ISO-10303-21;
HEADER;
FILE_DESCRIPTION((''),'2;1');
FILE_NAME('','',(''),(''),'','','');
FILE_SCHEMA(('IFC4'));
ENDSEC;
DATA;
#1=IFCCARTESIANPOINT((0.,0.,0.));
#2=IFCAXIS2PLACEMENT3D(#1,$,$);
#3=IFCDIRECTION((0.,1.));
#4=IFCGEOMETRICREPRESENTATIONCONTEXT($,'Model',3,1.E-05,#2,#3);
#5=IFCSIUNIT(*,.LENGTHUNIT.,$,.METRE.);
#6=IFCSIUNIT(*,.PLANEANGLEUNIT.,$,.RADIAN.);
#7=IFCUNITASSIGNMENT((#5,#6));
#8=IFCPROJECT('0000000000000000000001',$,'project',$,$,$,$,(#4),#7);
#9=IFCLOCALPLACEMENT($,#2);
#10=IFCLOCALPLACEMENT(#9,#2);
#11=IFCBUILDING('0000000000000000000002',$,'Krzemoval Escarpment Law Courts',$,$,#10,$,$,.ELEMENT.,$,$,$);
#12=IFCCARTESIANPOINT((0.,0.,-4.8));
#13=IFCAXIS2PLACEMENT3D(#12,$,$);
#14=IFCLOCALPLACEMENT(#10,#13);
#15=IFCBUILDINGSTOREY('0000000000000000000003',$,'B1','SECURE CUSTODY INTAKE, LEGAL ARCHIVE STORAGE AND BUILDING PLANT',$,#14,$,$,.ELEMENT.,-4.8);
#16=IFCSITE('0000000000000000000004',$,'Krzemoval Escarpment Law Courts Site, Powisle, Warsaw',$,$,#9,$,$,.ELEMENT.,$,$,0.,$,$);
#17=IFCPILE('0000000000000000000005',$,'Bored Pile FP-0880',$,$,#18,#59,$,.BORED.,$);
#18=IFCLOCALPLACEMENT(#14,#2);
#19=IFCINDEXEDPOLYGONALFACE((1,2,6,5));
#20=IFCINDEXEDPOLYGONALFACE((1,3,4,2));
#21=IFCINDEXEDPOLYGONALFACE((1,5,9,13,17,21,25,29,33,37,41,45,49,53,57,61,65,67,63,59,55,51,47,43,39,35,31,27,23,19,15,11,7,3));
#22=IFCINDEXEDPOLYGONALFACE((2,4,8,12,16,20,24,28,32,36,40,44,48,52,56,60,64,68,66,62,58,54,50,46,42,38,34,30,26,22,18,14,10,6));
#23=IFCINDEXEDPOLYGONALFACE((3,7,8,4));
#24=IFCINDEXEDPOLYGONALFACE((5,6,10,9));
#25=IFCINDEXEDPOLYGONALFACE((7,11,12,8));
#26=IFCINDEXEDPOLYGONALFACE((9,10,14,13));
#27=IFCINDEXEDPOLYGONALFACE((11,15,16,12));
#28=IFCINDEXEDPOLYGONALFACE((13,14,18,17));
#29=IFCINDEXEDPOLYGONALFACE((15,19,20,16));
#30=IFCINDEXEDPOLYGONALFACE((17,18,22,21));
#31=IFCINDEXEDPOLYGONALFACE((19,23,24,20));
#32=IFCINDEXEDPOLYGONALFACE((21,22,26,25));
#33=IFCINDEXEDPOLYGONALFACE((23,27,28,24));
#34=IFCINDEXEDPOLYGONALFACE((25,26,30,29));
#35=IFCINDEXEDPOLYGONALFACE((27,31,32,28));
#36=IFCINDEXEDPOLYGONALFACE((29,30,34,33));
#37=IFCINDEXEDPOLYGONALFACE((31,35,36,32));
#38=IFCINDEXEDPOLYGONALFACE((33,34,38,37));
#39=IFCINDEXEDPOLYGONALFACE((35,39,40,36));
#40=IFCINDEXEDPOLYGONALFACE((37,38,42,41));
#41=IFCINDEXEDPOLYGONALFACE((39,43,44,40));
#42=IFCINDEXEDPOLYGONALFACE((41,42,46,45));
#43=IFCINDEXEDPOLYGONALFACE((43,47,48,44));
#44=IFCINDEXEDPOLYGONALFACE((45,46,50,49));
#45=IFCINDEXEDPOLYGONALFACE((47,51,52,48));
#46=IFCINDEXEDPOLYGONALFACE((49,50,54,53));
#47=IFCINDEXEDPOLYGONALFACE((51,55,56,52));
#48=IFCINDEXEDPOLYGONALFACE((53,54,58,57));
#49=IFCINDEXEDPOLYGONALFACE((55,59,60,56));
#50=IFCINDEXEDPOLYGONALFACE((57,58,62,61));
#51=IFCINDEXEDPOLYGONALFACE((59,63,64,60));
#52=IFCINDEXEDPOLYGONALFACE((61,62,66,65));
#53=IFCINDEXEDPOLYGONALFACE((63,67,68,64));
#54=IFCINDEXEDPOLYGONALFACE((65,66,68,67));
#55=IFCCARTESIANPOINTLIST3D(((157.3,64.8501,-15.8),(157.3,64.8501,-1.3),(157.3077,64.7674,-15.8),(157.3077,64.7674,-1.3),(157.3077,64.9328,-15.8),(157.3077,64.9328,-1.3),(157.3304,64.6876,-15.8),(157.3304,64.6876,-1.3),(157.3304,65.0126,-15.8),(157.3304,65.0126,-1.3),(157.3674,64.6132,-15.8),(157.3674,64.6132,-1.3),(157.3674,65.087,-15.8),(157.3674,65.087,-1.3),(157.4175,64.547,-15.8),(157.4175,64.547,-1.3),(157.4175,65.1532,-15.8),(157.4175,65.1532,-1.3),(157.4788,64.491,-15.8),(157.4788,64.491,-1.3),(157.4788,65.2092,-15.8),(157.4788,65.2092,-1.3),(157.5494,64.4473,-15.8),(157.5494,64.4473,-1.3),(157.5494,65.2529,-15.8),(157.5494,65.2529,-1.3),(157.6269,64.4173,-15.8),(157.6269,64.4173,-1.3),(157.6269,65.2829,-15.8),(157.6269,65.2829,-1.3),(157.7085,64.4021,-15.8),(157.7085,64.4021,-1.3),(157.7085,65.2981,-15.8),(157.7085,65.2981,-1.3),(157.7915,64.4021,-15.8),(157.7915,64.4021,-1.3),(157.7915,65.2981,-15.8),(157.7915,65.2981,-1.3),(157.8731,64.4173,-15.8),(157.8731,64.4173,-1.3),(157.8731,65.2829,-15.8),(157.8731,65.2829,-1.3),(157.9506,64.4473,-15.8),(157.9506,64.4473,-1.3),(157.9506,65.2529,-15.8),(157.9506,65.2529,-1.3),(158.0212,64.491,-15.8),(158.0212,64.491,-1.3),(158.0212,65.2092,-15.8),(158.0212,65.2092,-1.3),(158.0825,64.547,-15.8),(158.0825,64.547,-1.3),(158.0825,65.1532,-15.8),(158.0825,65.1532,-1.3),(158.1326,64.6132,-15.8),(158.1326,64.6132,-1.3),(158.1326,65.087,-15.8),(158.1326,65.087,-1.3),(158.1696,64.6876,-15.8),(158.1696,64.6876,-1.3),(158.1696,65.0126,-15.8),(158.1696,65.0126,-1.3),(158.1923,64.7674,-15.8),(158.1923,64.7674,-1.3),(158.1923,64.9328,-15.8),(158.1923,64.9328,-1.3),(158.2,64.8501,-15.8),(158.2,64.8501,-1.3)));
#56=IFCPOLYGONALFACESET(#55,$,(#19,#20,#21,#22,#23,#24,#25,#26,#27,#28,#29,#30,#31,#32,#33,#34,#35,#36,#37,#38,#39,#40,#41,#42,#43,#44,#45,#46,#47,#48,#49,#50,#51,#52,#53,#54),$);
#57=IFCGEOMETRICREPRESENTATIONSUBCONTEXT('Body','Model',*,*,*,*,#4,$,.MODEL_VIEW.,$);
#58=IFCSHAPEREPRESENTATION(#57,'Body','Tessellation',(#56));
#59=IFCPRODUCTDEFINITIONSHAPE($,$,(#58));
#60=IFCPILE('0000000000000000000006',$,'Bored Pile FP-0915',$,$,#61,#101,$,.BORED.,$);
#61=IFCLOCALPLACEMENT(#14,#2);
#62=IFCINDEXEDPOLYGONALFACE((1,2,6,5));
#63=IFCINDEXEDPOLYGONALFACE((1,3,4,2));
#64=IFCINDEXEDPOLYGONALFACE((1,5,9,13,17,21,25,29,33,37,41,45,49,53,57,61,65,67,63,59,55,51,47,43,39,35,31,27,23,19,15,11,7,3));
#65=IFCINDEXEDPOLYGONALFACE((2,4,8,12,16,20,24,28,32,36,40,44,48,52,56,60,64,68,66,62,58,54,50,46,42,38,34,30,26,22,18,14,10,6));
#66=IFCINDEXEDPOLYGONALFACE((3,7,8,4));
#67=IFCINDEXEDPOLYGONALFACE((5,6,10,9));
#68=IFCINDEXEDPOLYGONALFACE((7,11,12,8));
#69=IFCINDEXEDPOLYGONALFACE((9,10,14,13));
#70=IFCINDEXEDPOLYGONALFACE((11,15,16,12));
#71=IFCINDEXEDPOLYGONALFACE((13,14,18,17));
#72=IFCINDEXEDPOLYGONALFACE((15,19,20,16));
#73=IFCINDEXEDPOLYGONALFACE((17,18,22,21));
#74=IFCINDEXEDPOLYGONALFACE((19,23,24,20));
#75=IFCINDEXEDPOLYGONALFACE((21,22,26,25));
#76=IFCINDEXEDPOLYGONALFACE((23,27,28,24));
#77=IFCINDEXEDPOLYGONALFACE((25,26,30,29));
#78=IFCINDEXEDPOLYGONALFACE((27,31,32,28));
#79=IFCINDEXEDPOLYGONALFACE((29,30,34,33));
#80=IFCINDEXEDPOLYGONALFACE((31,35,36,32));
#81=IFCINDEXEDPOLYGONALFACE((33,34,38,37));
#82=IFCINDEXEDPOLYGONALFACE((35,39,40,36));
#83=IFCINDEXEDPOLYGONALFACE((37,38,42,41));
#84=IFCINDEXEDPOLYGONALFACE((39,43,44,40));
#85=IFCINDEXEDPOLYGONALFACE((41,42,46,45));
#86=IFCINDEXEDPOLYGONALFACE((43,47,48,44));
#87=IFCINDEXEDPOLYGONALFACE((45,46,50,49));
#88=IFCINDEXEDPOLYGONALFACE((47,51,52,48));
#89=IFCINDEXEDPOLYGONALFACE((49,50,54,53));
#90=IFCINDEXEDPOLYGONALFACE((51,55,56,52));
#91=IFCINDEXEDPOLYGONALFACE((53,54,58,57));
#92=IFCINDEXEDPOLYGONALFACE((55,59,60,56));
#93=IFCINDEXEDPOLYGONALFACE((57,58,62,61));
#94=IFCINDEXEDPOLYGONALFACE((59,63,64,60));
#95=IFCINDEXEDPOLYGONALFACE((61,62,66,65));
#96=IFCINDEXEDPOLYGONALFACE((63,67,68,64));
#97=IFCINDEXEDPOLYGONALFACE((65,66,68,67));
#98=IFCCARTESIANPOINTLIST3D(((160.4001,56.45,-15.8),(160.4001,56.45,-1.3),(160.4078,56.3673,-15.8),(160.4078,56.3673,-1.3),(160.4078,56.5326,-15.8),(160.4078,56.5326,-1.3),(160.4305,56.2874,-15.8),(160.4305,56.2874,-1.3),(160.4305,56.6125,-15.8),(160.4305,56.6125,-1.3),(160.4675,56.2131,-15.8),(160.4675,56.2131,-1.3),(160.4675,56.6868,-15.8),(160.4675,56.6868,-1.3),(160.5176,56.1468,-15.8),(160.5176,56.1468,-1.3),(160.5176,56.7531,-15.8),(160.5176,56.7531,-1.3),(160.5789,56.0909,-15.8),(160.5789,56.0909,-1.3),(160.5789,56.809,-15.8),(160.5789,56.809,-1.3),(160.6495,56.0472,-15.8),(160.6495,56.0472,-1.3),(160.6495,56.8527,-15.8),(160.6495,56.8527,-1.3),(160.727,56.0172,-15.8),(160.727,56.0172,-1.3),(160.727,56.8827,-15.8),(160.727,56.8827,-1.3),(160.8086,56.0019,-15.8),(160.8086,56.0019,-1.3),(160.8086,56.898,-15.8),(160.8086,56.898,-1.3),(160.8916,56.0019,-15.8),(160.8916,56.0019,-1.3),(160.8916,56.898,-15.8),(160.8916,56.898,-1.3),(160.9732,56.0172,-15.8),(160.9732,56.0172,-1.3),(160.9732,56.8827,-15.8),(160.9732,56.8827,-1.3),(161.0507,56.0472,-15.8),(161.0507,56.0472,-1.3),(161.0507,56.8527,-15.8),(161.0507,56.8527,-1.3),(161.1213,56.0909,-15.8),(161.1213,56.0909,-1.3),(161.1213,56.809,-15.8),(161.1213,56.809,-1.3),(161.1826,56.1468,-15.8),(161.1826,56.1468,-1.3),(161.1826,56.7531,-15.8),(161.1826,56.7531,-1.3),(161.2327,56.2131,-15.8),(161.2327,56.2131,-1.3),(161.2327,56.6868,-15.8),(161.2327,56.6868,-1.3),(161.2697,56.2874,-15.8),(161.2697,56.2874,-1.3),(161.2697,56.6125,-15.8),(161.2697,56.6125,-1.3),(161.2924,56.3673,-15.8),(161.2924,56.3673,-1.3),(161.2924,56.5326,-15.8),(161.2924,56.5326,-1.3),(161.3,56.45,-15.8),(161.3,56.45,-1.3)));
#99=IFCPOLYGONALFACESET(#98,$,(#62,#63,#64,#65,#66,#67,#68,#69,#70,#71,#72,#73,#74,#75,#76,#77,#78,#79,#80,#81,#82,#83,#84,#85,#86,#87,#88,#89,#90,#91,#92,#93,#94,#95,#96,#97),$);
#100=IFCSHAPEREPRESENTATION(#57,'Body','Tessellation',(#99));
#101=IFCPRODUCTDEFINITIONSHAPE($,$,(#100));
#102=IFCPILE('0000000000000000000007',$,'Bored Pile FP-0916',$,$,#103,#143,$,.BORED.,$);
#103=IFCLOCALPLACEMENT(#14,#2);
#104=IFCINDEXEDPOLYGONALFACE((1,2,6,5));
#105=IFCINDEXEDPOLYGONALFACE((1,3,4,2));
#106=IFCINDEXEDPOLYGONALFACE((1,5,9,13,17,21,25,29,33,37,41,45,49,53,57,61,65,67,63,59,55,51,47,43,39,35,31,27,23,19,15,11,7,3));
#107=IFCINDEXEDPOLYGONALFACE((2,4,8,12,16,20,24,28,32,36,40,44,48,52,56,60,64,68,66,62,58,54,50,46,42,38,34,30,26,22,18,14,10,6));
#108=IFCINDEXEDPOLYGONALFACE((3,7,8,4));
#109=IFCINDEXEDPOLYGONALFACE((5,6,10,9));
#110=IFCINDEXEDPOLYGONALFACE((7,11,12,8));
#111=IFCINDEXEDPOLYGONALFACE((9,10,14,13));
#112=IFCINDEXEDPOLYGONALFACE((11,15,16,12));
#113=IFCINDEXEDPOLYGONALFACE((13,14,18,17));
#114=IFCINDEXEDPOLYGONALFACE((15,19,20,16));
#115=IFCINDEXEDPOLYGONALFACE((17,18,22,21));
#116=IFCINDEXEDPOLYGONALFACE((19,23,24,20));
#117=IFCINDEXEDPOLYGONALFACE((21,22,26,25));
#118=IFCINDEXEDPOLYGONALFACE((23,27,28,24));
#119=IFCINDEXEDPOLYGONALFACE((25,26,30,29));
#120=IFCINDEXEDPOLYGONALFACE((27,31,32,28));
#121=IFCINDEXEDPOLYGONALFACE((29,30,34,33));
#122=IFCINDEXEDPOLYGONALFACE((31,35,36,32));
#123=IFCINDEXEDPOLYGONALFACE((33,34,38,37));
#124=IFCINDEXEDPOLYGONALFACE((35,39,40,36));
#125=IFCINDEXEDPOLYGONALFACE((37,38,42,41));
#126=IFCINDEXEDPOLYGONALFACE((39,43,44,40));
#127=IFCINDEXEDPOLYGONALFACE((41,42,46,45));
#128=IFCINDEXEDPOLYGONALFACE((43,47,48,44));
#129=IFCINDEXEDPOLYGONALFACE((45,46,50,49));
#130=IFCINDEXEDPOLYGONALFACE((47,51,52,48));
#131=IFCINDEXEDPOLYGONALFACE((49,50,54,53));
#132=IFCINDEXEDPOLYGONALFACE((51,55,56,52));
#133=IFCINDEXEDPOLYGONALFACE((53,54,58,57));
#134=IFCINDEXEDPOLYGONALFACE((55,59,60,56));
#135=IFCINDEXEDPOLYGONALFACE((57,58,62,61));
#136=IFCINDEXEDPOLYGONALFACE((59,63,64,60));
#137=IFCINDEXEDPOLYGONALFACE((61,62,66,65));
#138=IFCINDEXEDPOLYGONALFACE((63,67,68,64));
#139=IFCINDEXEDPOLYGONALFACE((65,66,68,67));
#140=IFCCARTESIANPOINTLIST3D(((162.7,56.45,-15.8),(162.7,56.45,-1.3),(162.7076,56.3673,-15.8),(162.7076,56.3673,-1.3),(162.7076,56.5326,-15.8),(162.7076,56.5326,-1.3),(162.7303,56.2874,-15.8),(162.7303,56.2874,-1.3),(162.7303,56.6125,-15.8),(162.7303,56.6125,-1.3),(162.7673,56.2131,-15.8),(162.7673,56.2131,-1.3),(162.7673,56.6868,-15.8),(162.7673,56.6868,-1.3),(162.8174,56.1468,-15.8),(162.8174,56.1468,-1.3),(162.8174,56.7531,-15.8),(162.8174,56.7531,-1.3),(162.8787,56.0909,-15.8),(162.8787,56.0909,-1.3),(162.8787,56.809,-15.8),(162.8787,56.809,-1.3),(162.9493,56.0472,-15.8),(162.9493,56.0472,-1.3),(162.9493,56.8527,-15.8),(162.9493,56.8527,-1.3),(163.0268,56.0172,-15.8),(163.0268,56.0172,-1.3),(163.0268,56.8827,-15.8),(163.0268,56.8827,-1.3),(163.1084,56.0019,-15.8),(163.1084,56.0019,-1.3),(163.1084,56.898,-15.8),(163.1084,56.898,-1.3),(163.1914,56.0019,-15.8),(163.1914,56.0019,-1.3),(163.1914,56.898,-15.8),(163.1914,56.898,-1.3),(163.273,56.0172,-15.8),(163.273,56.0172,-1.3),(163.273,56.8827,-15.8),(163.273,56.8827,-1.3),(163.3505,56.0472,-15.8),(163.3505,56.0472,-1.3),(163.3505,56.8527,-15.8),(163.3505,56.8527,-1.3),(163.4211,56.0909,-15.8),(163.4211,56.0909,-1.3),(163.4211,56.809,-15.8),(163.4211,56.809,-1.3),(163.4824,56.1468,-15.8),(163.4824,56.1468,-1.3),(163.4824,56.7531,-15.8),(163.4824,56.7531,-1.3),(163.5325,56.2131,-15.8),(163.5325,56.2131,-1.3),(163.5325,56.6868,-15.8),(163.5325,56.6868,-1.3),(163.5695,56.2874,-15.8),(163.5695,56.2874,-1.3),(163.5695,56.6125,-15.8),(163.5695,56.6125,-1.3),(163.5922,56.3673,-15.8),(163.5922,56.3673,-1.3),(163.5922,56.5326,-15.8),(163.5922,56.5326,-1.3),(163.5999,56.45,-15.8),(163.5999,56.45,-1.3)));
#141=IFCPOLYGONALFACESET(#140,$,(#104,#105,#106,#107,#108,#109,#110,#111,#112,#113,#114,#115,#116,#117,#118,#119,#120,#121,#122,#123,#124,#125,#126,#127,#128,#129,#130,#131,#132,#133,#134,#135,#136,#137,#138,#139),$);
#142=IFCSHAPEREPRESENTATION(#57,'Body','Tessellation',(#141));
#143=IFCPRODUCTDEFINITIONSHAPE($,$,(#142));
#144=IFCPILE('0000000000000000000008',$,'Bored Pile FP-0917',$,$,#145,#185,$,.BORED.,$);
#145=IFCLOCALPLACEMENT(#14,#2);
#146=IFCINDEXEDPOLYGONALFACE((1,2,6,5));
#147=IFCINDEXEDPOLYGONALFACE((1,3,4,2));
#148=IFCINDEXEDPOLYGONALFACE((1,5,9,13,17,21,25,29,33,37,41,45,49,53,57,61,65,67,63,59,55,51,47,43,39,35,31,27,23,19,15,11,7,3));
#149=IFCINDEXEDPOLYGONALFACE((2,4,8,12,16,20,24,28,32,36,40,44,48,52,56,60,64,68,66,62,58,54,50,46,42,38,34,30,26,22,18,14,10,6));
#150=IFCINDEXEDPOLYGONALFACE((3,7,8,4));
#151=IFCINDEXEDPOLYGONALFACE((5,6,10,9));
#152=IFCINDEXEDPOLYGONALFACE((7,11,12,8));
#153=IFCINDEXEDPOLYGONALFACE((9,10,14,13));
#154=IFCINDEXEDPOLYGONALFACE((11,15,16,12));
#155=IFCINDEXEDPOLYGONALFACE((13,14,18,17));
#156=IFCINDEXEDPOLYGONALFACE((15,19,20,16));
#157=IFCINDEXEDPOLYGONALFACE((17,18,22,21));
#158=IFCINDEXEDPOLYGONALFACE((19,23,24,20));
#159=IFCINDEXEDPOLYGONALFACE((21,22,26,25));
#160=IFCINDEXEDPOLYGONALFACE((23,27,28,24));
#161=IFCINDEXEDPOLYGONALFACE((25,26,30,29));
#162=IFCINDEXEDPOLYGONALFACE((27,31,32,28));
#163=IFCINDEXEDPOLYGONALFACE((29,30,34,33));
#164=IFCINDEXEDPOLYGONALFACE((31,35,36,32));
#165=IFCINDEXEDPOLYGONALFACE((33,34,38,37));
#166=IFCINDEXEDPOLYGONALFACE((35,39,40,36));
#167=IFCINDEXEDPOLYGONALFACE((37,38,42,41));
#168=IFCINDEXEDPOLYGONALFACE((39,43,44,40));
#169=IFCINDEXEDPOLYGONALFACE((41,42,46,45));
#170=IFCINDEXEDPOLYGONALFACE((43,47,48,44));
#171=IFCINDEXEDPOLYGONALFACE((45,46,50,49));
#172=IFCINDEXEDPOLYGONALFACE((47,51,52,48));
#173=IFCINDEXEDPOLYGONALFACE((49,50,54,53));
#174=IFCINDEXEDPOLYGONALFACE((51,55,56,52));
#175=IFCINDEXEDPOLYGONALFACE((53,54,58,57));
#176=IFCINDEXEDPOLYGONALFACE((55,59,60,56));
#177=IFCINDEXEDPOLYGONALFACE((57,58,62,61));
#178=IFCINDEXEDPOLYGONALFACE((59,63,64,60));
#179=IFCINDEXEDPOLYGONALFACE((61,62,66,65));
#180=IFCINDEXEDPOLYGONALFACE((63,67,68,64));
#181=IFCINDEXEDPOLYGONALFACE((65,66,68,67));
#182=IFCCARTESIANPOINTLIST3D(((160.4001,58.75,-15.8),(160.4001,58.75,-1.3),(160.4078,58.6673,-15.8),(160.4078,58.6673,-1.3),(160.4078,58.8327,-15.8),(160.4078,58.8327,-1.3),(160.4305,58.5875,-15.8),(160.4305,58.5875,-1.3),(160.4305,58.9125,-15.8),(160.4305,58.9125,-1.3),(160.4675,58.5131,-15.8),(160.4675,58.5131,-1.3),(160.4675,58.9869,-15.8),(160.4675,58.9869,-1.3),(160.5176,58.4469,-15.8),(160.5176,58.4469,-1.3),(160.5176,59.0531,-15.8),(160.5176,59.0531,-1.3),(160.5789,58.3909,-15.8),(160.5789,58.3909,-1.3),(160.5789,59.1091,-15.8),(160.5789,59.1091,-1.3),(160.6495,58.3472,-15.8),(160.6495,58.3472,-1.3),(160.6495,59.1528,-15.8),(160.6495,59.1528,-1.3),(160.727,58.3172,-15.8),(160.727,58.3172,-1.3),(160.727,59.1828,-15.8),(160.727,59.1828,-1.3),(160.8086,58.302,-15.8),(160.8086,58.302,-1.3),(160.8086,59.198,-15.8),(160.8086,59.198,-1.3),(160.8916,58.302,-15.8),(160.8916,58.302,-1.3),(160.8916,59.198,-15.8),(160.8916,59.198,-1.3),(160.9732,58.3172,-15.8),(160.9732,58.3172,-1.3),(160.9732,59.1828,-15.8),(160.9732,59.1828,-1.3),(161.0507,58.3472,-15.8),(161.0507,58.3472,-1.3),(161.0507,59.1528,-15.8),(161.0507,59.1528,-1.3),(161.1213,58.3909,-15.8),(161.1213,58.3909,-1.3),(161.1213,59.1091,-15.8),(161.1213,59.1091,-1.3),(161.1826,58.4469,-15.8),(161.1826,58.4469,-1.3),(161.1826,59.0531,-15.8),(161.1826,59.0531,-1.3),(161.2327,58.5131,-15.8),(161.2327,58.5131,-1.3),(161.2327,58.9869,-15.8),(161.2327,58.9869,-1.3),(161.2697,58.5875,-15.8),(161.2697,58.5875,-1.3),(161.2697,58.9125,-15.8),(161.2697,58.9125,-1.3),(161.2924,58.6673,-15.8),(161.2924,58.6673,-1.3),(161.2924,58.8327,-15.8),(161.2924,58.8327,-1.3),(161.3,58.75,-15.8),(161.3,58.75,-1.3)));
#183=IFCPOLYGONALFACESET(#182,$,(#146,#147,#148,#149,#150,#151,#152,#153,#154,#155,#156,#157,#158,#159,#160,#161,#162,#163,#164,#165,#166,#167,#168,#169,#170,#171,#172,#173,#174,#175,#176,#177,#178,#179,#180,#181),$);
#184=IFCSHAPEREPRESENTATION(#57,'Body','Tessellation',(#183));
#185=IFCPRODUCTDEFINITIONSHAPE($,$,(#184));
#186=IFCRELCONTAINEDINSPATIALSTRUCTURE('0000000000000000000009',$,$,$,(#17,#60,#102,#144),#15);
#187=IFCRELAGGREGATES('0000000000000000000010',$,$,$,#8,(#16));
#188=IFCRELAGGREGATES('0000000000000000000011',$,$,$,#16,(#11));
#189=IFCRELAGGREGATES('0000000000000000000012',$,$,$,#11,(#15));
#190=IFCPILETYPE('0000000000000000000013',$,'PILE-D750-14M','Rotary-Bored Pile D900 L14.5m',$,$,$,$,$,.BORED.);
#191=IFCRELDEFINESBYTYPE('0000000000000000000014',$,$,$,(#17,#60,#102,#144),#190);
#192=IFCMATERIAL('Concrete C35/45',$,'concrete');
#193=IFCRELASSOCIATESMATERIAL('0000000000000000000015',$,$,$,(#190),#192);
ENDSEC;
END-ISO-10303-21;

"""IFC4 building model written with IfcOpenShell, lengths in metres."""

from ifc_helpers import new_model, si_unit, direction, frame, origin, origin_2d, place, context, subcontext, project, spatial, circle, extrude, material, material_profile, profile_set, type_object, element, save


model = new_model("IFC4")

# Units and contexts
model_context = context("Model", 3, precision=1e-05, world=origin(), true_north=direction((0.0, 1.0)))
body_context = subcontext(model_context, "Body", "Model", "MODEL_VIEW")
ifc_project = project(units=[si_unit("LENGTHUNIT", "METRE"), si_unit("PLANEANGLEUNIT", "RADIAN")], contexts=[model_context])

# Site, building, storey
site_placement = place(None, origin())
site = spatial("IfcSite", under=ifc_project, at=site_placement, Name="Krzemoval Escarpment Law Courts Site, Powisle, Warsaw", CompositionType="ELEMENT", RefElevation=0.0)
building_placement = place(site_placement, origin())
building = spatial("IfcBuilding", under=site, at=building_placement, Name="Krzemoval Escarpment Law Courts", CompositionType="ELEMENT")
storey_placement = place(building_placement, frame((0.0, 0.0, -4.8)))
storey = spatial("IfcBuildingStorey", under=building, at=storey_placement, Name="B1", Description="SECURE CUSTODY INTAKE, LEGAL ARCHIVE STORAGE AND BUILDING PLANT", CompositionType="ELEMENT", Elevation=-4.8)

# Piles
ifc_material_1 = material(Name="Concrete C35/45", Category="concrete")
ifc_material_profile_1 = material_profile(ifc_material_1, circle(Radius=0.45, at=origin_2d()), Name="PILE D900")
ifc_profile_set_1 = profile_set([ifc_material_profile_1], Name="Concrete C35/45")
pile_type = type_object("IfcPileType", Name="PILE-D750-14M", Description="Rotary-Bored Pile D900 L14.5m", PredefinedType="BORED", material=ifc_profile_set_1)
for number, where, z_axis, x_axis, name in (
    (1, (157.75, 64.8501, -1.3), (0.0, 0.0, -1.0), (1.0, 0.0, 0.0), "Bored Pile FP-0880"),
    (2, (160.8501, 56.45, -1.3), (0.0, 0.0, -1.0), (1.0, 0.0, 0.0), "Bored Pile FP-0915"),
    (3, (163.1499, 56.45, -1.3), (0.0, 0.0, -1.0), (1.0, 0.0, 0.0), "Bored Pile FP-0916"),
    (4, (160.8501, 58.75, -1.3), (0.0, 0.0, -1.0), (1.0, 0.0, 0.0), "Bored Pile FP-0917"),
):
    element("IfcPile", number, at=place(storey_placement, frame(where, z_axis=z_axis, x_axis=x_axis)), inside=storey, type_object=pile_type, Name=name, PredefinedType="BORED", context=body_context, shape_type="SweptSolid", body=[
        extrude(circle(Radius=0.45, at=origin_2d()), origin(), (0.0, 0.0, 1.0), 14.5),
    ])

save(model, "model.ifc")
